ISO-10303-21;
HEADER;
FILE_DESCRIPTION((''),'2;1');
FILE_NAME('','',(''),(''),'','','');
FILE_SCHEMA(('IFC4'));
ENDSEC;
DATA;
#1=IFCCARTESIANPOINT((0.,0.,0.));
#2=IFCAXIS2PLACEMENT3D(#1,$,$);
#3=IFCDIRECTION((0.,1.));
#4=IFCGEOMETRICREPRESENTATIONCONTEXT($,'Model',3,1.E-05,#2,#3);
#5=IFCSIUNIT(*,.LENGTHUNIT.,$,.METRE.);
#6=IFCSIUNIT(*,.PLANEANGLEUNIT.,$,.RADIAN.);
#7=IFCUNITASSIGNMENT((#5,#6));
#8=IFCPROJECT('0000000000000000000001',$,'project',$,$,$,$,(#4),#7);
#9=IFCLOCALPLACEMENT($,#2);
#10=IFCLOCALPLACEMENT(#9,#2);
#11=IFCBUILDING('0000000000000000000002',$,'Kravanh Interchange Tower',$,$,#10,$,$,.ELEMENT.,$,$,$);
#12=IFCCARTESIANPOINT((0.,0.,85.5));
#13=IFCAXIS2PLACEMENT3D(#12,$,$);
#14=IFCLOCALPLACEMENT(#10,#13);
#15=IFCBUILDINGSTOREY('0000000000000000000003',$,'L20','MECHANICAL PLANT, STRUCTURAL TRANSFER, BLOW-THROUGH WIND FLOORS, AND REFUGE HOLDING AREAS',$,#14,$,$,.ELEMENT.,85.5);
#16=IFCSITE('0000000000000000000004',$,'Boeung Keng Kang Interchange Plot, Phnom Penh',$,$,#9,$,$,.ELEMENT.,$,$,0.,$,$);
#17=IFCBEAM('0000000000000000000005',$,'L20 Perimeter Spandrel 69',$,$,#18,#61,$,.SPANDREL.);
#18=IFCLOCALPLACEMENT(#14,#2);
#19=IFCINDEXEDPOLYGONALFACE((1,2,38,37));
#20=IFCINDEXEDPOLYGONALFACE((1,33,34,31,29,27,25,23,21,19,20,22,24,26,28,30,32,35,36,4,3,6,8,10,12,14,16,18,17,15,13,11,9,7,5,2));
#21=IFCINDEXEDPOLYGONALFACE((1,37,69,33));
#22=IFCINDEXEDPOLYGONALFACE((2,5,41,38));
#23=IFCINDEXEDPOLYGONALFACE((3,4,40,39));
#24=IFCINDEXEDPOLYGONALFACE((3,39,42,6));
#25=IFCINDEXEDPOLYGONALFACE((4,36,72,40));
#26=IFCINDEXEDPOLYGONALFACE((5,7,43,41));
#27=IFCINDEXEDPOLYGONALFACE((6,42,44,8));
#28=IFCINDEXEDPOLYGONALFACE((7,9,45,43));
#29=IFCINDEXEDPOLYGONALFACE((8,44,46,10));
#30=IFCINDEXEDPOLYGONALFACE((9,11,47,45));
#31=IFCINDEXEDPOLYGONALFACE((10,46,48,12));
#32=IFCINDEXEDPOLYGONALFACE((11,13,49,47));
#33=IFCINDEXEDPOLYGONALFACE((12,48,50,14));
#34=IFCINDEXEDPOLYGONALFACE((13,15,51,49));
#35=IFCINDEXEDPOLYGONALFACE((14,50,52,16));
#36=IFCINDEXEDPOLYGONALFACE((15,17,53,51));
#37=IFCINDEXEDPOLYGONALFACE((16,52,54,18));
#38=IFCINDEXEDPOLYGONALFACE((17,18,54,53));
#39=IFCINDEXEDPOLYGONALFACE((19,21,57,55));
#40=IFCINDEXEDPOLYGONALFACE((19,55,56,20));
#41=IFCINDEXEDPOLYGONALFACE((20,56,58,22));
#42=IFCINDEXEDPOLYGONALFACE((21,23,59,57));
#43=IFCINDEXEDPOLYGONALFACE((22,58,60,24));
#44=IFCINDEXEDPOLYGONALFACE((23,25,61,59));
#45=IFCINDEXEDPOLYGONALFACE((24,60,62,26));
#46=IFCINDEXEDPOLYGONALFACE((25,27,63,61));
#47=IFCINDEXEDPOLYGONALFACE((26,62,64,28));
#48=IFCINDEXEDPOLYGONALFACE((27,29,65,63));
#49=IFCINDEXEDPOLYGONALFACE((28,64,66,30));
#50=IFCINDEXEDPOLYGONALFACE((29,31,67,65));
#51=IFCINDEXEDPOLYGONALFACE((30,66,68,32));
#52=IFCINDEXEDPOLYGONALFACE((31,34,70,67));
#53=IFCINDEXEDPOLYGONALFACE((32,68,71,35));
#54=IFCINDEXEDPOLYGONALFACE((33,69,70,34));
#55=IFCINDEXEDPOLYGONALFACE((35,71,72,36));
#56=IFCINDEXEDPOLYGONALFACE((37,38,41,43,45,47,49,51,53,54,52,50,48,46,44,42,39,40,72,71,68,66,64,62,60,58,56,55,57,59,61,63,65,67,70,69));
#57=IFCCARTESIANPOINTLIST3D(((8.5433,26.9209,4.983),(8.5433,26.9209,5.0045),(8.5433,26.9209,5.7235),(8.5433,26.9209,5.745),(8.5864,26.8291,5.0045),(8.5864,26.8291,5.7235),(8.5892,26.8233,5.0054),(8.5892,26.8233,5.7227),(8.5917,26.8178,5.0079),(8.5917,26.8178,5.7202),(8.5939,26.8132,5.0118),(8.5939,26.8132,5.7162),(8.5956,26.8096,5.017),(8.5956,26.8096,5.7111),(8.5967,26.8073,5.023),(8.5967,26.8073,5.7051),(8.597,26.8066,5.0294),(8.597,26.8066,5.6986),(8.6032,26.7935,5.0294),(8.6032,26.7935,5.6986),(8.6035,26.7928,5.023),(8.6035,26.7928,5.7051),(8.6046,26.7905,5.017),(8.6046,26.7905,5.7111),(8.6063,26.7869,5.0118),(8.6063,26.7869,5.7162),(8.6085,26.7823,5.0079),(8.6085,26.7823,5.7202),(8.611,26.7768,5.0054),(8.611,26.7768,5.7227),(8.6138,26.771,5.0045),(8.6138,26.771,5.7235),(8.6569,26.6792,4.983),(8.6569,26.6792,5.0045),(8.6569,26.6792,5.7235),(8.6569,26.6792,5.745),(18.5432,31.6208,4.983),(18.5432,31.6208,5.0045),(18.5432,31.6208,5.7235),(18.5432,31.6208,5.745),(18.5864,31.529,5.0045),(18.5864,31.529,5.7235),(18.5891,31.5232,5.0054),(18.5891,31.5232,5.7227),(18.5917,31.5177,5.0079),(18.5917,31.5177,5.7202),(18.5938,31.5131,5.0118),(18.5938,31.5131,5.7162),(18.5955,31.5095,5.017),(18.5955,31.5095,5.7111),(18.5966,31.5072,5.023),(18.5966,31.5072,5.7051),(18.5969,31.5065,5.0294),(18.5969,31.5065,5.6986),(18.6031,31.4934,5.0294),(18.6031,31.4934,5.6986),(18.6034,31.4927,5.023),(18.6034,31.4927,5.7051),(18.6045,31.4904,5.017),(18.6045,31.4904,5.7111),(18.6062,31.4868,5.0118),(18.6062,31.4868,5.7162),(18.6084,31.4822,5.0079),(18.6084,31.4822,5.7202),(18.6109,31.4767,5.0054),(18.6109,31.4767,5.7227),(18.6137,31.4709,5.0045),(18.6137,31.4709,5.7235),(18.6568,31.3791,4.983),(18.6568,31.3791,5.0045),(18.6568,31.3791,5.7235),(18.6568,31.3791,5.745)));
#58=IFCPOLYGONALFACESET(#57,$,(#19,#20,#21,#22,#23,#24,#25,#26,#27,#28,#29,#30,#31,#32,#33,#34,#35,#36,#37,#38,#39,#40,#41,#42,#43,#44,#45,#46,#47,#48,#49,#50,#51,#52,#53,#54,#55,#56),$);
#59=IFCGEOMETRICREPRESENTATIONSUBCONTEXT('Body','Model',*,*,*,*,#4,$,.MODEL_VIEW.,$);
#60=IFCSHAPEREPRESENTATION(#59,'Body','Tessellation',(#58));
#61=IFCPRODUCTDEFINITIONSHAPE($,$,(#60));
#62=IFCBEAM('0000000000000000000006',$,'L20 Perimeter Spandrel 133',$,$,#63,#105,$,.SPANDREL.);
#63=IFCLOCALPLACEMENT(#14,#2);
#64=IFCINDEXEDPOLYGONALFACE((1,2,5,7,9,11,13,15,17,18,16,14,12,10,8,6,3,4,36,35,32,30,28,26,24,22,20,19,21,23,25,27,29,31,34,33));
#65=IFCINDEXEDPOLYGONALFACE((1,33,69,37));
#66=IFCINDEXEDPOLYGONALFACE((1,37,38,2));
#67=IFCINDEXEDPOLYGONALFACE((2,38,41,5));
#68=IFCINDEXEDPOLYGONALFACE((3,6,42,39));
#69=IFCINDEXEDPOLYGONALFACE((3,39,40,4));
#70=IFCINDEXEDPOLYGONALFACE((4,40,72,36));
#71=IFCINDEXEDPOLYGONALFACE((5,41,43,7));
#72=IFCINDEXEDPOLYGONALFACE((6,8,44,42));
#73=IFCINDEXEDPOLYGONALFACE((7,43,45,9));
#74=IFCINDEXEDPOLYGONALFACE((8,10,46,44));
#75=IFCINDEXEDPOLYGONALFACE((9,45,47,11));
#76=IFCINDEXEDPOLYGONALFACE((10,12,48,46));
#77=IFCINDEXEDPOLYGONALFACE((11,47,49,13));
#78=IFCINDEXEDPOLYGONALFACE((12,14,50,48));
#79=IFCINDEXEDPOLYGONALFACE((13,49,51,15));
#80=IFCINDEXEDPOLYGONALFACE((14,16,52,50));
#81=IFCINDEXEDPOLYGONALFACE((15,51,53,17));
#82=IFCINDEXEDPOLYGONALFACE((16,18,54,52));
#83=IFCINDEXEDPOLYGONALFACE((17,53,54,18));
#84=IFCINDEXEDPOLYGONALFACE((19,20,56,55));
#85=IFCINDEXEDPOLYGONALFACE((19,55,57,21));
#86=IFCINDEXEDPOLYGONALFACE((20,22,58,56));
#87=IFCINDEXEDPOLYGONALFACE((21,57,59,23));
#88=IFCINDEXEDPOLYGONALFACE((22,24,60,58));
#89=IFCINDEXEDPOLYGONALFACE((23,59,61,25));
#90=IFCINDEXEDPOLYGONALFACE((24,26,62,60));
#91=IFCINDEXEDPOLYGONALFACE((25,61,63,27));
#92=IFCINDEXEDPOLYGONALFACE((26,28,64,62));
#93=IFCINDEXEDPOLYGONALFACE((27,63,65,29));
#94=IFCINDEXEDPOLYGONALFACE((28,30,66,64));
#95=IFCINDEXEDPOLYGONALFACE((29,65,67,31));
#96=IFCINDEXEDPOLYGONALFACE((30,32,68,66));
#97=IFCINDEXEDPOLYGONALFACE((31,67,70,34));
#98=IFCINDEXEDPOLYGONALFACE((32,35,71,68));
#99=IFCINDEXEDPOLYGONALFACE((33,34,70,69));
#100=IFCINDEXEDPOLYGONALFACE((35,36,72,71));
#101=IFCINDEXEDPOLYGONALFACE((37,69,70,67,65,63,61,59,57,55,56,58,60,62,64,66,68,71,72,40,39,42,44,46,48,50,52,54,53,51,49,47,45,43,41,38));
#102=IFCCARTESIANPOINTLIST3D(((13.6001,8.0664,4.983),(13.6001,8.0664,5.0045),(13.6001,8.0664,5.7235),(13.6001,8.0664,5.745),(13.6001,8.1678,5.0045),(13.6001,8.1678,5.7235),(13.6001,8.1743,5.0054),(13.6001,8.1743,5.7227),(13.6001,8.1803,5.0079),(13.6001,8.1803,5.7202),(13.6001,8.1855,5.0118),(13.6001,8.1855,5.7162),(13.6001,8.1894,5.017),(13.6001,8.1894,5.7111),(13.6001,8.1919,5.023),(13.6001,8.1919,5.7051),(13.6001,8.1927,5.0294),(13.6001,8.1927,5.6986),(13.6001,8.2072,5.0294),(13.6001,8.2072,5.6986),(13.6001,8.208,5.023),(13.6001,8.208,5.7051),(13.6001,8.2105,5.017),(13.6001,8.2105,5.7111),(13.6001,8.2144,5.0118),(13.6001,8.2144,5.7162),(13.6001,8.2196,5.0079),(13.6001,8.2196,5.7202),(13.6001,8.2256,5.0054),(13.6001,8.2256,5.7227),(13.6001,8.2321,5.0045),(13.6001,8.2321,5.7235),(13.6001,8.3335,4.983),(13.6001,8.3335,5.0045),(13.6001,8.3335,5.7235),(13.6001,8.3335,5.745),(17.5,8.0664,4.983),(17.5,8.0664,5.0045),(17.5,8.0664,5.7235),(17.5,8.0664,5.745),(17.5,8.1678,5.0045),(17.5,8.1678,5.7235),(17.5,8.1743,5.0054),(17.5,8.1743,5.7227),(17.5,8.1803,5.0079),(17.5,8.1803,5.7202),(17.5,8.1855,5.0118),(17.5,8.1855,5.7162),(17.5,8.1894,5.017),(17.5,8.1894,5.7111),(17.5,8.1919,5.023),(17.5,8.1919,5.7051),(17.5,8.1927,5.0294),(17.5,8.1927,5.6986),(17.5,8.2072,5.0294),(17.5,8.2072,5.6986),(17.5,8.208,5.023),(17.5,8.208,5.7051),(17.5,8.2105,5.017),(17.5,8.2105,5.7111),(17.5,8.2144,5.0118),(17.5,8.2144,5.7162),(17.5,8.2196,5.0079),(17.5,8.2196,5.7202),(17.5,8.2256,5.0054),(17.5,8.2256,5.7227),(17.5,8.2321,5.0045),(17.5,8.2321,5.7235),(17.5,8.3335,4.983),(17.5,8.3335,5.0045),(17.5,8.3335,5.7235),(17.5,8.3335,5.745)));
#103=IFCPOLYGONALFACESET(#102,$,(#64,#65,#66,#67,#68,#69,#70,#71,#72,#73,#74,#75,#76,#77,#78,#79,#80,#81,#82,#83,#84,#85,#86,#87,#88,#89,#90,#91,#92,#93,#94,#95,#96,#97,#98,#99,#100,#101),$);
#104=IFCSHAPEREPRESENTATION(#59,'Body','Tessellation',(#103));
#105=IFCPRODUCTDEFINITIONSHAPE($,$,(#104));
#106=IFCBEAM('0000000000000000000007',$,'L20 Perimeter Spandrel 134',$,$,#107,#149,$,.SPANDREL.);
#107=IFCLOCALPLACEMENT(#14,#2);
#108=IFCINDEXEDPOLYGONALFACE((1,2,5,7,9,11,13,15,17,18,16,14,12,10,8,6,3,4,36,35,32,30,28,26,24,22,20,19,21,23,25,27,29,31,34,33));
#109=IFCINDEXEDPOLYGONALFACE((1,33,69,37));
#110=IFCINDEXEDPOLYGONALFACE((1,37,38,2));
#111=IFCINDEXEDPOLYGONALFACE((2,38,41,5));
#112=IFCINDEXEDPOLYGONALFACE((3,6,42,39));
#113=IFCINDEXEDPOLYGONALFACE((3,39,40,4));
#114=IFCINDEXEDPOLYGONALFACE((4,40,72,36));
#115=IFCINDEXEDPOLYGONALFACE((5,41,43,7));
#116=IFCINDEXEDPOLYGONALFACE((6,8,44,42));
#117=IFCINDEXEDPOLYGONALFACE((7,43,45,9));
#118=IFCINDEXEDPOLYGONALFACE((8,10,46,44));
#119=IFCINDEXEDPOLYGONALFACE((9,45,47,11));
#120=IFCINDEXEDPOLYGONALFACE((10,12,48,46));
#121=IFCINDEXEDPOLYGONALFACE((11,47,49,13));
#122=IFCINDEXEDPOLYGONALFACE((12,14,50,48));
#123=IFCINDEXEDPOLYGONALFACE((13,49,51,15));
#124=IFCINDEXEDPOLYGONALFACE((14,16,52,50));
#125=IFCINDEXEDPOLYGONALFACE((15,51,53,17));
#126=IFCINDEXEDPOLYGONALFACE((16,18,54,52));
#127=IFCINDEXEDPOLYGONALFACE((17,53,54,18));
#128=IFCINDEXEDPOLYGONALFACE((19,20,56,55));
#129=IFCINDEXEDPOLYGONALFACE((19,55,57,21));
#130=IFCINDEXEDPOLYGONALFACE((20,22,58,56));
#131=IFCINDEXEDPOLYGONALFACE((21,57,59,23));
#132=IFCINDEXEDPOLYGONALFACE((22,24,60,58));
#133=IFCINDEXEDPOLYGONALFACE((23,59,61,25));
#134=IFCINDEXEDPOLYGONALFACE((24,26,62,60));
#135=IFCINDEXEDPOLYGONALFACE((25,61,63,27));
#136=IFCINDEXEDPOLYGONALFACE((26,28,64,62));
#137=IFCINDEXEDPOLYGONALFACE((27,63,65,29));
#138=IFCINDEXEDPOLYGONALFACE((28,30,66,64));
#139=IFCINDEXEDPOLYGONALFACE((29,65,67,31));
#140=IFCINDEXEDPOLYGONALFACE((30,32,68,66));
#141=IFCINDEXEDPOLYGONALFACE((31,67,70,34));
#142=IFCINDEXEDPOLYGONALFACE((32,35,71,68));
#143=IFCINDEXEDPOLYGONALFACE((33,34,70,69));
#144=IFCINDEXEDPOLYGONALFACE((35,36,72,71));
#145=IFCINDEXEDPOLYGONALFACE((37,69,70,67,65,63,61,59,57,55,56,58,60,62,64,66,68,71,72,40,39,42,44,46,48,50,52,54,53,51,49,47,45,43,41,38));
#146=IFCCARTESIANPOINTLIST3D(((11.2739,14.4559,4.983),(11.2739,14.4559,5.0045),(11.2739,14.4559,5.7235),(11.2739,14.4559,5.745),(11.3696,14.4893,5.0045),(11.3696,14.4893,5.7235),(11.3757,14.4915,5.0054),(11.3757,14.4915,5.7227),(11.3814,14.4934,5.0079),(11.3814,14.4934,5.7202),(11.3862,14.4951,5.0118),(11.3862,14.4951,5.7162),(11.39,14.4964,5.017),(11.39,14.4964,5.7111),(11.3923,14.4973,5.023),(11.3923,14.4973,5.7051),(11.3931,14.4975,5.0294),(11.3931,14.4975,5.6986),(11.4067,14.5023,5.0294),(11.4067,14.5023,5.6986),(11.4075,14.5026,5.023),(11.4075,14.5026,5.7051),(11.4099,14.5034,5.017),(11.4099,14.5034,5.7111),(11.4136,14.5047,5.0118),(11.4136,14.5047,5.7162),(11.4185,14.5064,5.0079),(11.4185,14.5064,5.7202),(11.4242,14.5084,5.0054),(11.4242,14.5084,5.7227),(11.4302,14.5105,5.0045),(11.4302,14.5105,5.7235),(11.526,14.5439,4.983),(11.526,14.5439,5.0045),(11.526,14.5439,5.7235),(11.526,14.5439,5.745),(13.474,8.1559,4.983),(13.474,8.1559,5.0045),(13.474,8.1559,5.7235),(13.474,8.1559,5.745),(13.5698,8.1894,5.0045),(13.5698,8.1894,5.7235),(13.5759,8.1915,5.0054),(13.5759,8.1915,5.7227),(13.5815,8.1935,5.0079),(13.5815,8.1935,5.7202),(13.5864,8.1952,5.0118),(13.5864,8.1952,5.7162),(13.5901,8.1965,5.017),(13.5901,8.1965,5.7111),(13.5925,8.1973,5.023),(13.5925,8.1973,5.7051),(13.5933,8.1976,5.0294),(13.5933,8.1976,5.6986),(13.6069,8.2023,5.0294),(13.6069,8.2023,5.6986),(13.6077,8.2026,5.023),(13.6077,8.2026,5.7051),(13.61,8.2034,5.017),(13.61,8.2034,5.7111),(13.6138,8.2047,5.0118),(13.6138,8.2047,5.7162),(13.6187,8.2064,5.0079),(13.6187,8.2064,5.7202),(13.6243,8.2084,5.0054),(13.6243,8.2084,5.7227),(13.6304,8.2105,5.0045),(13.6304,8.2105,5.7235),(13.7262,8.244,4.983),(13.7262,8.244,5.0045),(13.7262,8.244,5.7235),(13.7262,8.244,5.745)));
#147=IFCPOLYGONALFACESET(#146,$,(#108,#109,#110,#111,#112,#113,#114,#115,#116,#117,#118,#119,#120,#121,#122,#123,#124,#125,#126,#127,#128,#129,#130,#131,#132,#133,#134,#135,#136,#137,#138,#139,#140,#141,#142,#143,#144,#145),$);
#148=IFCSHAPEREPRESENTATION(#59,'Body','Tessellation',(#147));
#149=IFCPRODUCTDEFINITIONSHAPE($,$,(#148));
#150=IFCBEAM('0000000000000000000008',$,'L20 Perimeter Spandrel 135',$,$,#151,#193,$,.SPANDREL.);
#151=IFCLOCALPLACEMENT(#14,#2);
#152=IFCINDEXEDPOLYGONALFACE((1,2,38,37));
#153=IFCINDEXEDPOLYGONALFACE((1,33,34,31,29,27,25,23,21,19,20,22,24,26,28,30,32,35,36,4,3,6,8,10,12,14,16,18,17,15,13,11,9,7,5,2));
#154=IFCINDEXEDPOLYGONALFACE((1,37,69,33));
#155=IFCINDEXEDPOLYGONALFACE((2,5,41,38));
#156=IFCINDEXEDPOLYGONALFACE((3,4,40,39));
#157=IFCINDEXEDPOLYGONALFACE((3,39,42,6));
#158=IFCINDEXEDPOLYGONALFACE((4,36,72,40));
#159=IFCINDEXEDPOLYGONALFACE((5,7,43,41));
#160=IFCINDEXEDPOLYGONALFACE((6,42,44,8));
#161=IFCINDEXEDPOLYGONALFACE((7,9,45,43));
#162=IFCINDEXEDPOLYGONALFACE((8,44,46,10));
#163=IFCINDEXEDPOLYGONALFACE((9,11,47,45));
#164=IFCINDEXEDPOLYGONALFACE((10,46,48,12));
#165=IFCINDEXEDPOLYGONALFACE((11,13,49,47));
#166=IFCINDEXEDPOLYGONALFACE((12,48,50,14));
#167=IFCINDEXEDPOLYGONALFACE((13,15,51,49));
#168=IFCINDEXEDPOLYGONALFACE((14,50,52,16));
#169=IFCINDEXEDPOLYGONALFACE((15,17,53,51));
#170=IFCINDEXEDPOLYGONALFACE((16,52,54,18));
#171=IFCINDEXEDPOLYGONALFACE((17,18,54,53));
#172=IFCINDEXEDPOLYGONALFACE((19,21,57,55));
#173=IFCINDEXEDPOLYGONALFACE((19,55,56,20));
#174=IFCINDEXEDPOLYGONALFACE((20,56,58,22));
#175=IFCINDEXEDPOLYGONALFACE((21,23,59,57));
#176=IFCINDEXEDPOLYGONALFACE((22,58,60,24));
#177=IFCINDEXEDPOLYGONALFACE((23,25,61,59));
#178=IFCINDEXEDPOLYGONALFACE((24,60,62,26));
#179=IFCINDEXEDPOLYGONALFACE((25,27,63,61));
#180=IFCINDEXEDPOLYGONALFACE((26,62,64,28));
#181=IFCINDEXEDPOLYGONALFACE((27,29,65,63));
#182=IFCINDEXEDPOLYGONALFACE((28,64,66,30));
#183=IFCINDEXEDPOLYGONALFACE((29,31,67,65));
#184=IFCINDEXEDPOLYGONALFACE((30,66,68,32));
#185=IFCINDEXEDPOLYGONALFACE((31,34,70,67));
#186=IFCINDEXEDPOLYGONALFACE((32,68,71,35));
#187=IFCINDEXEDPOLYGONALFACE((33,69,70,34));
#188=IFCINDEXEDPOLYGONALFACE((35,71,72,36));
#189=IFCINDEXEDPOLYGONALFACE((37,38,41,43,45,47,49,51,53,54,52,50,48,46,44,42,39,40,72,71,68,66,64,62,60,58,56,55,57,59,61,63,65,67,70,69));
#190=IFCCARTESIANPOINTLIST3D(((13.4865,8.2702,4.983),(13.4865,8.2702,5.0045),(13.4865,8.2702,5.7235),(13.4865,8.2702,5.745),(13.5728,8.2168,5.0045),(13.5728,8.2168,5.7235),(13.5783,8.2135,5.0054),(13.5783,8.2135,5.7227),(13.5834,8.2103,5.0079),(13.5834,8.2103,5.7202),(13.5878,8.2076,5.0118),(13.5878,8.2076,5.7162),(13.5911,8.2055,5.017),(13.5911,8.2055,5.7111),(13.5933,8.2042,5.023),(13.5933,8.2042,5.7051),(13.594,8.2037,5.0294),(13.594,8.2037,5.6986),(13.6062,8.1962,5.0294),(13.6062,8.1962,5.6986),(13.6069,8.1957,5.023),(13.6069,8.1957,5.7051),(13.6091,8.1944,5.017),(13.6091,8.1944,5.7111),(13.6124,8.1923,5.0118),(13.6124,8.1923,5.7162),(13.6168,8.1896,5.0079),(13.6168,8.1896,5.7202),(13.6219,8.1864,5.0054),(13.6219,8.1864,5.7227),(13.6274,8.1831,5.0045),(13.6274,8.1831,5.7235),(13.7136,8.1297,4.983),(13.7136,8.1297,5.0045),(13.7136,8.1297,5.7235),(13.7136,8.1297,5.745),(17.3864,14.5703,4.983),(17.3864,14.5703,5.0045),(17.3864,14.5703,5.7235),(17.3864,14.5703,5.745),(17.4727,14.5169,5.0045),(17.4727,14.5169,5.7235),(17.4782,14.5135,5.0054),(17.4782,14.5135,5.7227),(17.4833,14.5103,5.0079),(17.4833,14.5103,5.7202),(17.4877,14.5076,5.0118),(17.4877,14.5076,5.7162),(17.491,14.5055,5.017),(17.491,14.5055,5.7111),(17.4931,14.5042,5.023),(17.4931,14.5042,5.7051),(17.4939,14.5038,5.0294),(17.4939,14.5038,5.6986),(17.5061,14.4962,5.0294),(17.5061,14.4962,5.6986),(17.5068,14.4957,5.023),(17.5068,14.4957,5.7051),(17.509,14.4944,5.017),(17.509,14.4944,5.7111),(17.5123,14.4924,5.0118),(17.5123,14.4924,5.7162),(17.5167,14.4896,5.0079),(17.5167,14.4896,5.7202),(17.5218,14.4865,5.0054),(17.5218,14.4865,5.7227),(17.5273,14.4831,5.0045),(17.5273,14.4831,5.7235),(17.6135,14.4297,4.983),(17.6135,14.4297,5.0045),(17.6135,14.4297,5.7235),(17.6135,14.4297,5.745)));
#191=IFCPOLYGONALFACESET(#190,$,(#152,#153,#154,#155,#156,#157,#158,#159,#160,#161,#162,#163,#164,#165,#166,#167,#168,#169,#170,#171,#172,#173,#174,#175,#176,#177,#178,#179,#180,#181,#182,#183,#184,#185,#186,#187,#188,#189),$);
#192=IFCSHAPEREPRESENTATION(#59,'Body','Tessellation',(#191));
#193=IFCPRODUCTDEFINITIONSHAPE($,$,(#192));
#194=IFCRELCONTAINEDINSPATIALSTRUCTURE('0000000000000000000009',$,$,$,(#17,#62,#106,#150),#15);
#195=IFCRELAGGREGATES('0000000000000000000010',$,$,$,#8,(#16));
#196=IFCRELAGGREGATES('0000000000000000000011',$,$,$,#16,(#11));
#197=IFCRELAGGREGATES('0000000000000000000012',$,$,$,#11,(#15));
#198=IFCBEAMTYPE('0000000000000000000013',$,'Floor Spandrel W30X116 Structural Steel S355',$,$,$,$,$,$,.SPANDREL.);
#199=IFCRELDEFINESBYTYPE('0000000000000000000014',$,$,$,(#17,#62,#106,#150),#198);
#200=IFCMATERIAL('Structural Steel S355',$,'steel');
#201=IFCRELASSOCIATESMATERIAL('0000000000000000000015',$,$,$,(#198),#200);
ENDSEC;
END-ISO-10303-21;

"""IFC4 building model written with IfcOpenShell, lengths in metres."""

from ifc_helpers import new_model, si_unit, direction, frame, origin, origin_2d, place, context, subcontext, project, spatial, i_section, extrude, material, material_profile, profile_set, type_object, element, save


model = new_model("IFC4")

# Units and contexts
model_context = context("Model", 3, precision=1e-05, world=origin(), true_north=direction((0.0, 1.0)))
body_context = subcontext(model_context, "Body", "Model", "MODEL_VIEW")
ifc_project = project(units=[si_unit("LENGTHUNIT", "METRE"), si_unit("PLANEANGLEUNIT", "RADIAN")], contexts=[model_context])

# Site, building, storey
site_placement = place(None, origin())
site = spatial("IfcSite", under=ifc_project, at=site_placement, Name="Boeung Keng Kang Interchange Plot, Phnom Penh", CompositionType="ELEMENT", RefElevation=0.0)
building_placement = place(site_placement, origin())
building = spatial("IfcBuilding", under=site, at=building_placement, Name="Kravanh Interchange Tower", CompositionType="ELEMENT")
storey_placement = place(building_placement, frame((0.0, 0.0, 85.5)))
storey = spatial("IfcBuildingStorey", under=building, at=storey_placement, Name="L20", Description="MECHANICAL PLANT, STRUCTURAL TRANSFER, BLOW-THROUGH WIND FLOORS, AND REFUGE HOLDING AREAS", CompositionType="ELEMENT", Elevation=85.5)

# Beams
ifc_material_1 = material(Name="Structural Steel S355", Category="steel")
ifc_material_profile_1 = material_profile(ifc_material_1, i_section(OverallWidth=0.2671, OverallDepth=0.762, WebThickness=0.0144, FlangeThickness=0.0215, FilletRadius=0.0249, at=origin_2d()), Name="W30X116")
ifc_profile_set_1 = profile_set([ifc_material_profile_1], Name="Structural Steel S355")
beam_type_1 = type_object("IfcBeamType", Name="Floor Spandrel W30X116 Structural Steel S355", PredefinedType="SPANDREL", material=ifc_profile_set_1)
beam_1_placement = place(storey_placement, frame((8.6001, 26.8, 5.364), z_axis=(0.905025, 0.425358, 0.0), x_axis=(-0.425358, 0.905025, 0.0)))
element("IfcBeam", 1, at=beam_1_placement, inside=storey, type_object=beam_type_1, Name="L20 Perimeter Spandrel 69", PredefinedType="SPANDREL", context=body_context, shape_type="SweptSolid", body=[
    extrude(i_section(OverallWidth=0.2671, OverallDepth=0.762, WebThickness=0.0144, FlangeThickness=0.0215, FilletRadius=0.0249, at=origin_2d()), origin(), (0.0, 0.0, 1.0), 11.0493),
])
beam_2_placement = place(storey_placement, frame((13.6001, 8.2, 5.364), z_axis=(1.0, 0.0, 0.0), x_axis=(0.0, 1.0, 0.0)))
element("IfcBeam", 2, at=beam_2_placement, inside=storey, type_object=beam_type_1, Name="L20 Perimeter Spandrel 133", PredefinedType="SPANDREL", context=body_context, shape_type="SweptSolid", body=[
    extrude(i_section(OverallWidth=0.2671, OverallDepth=0.762, WebThickness=0.0144, FlangeThickness=0.0215, FilletRadius=0.0249, at=origin_2d()), origin(), (0.0, 0.0, 1.0), 3.8999),
])
beam_3_placement = place(storey_placement, frame((13.6001, 8.2, 5.364), z_axis=(-0.329707, 0.944083, 0.0), x_axis=(-0.944083, -0.329707, 0.0)))
element("IfcBeam", 3, at=beam_3_placement, inside=storey, type_object=beam_type_1, Name="L20 Perimeter Spandrel 134", PredefinedType="SPANDREL", context=body_context, shape_type="SweptSolid", body=[
    extrude(i_section(OverallWidth=0.2671, OverallDepth=0.762, WebThickness=0.0144, FlangeThickness=0.0215, FilletRadius=0.0249, at=origin_2d()), origin(), (0.0, 0.0, 1.0), 6.6731),
])
beam_4_placement = place(storey_placement, frame((13.6001, 8.2, 5.364), z_axis=(0.526342, 0.850273, 0.0), x_axis=(-0.850273, 0.526342, 0.0)))
element("IfcBeam", 4, at=beam_4_placement, inside=storey, type_object=beam_type_1, Name="L20 Perimeter Spandrel 135", PredefinedType="SPANDREL", context=body_context, shape_type="SweptSolid", body=[
    extrude(i_section(OverallWidth=0.2671, OverallDepth=0.762, WebThickness=0.0144, FlangeThickness=0.0215, FilletRadius=0.0249, at=origin_2d()), origin(), (0.0, 0.0, 1.0), 7.4094),
])

save(model, "model.ifc")
